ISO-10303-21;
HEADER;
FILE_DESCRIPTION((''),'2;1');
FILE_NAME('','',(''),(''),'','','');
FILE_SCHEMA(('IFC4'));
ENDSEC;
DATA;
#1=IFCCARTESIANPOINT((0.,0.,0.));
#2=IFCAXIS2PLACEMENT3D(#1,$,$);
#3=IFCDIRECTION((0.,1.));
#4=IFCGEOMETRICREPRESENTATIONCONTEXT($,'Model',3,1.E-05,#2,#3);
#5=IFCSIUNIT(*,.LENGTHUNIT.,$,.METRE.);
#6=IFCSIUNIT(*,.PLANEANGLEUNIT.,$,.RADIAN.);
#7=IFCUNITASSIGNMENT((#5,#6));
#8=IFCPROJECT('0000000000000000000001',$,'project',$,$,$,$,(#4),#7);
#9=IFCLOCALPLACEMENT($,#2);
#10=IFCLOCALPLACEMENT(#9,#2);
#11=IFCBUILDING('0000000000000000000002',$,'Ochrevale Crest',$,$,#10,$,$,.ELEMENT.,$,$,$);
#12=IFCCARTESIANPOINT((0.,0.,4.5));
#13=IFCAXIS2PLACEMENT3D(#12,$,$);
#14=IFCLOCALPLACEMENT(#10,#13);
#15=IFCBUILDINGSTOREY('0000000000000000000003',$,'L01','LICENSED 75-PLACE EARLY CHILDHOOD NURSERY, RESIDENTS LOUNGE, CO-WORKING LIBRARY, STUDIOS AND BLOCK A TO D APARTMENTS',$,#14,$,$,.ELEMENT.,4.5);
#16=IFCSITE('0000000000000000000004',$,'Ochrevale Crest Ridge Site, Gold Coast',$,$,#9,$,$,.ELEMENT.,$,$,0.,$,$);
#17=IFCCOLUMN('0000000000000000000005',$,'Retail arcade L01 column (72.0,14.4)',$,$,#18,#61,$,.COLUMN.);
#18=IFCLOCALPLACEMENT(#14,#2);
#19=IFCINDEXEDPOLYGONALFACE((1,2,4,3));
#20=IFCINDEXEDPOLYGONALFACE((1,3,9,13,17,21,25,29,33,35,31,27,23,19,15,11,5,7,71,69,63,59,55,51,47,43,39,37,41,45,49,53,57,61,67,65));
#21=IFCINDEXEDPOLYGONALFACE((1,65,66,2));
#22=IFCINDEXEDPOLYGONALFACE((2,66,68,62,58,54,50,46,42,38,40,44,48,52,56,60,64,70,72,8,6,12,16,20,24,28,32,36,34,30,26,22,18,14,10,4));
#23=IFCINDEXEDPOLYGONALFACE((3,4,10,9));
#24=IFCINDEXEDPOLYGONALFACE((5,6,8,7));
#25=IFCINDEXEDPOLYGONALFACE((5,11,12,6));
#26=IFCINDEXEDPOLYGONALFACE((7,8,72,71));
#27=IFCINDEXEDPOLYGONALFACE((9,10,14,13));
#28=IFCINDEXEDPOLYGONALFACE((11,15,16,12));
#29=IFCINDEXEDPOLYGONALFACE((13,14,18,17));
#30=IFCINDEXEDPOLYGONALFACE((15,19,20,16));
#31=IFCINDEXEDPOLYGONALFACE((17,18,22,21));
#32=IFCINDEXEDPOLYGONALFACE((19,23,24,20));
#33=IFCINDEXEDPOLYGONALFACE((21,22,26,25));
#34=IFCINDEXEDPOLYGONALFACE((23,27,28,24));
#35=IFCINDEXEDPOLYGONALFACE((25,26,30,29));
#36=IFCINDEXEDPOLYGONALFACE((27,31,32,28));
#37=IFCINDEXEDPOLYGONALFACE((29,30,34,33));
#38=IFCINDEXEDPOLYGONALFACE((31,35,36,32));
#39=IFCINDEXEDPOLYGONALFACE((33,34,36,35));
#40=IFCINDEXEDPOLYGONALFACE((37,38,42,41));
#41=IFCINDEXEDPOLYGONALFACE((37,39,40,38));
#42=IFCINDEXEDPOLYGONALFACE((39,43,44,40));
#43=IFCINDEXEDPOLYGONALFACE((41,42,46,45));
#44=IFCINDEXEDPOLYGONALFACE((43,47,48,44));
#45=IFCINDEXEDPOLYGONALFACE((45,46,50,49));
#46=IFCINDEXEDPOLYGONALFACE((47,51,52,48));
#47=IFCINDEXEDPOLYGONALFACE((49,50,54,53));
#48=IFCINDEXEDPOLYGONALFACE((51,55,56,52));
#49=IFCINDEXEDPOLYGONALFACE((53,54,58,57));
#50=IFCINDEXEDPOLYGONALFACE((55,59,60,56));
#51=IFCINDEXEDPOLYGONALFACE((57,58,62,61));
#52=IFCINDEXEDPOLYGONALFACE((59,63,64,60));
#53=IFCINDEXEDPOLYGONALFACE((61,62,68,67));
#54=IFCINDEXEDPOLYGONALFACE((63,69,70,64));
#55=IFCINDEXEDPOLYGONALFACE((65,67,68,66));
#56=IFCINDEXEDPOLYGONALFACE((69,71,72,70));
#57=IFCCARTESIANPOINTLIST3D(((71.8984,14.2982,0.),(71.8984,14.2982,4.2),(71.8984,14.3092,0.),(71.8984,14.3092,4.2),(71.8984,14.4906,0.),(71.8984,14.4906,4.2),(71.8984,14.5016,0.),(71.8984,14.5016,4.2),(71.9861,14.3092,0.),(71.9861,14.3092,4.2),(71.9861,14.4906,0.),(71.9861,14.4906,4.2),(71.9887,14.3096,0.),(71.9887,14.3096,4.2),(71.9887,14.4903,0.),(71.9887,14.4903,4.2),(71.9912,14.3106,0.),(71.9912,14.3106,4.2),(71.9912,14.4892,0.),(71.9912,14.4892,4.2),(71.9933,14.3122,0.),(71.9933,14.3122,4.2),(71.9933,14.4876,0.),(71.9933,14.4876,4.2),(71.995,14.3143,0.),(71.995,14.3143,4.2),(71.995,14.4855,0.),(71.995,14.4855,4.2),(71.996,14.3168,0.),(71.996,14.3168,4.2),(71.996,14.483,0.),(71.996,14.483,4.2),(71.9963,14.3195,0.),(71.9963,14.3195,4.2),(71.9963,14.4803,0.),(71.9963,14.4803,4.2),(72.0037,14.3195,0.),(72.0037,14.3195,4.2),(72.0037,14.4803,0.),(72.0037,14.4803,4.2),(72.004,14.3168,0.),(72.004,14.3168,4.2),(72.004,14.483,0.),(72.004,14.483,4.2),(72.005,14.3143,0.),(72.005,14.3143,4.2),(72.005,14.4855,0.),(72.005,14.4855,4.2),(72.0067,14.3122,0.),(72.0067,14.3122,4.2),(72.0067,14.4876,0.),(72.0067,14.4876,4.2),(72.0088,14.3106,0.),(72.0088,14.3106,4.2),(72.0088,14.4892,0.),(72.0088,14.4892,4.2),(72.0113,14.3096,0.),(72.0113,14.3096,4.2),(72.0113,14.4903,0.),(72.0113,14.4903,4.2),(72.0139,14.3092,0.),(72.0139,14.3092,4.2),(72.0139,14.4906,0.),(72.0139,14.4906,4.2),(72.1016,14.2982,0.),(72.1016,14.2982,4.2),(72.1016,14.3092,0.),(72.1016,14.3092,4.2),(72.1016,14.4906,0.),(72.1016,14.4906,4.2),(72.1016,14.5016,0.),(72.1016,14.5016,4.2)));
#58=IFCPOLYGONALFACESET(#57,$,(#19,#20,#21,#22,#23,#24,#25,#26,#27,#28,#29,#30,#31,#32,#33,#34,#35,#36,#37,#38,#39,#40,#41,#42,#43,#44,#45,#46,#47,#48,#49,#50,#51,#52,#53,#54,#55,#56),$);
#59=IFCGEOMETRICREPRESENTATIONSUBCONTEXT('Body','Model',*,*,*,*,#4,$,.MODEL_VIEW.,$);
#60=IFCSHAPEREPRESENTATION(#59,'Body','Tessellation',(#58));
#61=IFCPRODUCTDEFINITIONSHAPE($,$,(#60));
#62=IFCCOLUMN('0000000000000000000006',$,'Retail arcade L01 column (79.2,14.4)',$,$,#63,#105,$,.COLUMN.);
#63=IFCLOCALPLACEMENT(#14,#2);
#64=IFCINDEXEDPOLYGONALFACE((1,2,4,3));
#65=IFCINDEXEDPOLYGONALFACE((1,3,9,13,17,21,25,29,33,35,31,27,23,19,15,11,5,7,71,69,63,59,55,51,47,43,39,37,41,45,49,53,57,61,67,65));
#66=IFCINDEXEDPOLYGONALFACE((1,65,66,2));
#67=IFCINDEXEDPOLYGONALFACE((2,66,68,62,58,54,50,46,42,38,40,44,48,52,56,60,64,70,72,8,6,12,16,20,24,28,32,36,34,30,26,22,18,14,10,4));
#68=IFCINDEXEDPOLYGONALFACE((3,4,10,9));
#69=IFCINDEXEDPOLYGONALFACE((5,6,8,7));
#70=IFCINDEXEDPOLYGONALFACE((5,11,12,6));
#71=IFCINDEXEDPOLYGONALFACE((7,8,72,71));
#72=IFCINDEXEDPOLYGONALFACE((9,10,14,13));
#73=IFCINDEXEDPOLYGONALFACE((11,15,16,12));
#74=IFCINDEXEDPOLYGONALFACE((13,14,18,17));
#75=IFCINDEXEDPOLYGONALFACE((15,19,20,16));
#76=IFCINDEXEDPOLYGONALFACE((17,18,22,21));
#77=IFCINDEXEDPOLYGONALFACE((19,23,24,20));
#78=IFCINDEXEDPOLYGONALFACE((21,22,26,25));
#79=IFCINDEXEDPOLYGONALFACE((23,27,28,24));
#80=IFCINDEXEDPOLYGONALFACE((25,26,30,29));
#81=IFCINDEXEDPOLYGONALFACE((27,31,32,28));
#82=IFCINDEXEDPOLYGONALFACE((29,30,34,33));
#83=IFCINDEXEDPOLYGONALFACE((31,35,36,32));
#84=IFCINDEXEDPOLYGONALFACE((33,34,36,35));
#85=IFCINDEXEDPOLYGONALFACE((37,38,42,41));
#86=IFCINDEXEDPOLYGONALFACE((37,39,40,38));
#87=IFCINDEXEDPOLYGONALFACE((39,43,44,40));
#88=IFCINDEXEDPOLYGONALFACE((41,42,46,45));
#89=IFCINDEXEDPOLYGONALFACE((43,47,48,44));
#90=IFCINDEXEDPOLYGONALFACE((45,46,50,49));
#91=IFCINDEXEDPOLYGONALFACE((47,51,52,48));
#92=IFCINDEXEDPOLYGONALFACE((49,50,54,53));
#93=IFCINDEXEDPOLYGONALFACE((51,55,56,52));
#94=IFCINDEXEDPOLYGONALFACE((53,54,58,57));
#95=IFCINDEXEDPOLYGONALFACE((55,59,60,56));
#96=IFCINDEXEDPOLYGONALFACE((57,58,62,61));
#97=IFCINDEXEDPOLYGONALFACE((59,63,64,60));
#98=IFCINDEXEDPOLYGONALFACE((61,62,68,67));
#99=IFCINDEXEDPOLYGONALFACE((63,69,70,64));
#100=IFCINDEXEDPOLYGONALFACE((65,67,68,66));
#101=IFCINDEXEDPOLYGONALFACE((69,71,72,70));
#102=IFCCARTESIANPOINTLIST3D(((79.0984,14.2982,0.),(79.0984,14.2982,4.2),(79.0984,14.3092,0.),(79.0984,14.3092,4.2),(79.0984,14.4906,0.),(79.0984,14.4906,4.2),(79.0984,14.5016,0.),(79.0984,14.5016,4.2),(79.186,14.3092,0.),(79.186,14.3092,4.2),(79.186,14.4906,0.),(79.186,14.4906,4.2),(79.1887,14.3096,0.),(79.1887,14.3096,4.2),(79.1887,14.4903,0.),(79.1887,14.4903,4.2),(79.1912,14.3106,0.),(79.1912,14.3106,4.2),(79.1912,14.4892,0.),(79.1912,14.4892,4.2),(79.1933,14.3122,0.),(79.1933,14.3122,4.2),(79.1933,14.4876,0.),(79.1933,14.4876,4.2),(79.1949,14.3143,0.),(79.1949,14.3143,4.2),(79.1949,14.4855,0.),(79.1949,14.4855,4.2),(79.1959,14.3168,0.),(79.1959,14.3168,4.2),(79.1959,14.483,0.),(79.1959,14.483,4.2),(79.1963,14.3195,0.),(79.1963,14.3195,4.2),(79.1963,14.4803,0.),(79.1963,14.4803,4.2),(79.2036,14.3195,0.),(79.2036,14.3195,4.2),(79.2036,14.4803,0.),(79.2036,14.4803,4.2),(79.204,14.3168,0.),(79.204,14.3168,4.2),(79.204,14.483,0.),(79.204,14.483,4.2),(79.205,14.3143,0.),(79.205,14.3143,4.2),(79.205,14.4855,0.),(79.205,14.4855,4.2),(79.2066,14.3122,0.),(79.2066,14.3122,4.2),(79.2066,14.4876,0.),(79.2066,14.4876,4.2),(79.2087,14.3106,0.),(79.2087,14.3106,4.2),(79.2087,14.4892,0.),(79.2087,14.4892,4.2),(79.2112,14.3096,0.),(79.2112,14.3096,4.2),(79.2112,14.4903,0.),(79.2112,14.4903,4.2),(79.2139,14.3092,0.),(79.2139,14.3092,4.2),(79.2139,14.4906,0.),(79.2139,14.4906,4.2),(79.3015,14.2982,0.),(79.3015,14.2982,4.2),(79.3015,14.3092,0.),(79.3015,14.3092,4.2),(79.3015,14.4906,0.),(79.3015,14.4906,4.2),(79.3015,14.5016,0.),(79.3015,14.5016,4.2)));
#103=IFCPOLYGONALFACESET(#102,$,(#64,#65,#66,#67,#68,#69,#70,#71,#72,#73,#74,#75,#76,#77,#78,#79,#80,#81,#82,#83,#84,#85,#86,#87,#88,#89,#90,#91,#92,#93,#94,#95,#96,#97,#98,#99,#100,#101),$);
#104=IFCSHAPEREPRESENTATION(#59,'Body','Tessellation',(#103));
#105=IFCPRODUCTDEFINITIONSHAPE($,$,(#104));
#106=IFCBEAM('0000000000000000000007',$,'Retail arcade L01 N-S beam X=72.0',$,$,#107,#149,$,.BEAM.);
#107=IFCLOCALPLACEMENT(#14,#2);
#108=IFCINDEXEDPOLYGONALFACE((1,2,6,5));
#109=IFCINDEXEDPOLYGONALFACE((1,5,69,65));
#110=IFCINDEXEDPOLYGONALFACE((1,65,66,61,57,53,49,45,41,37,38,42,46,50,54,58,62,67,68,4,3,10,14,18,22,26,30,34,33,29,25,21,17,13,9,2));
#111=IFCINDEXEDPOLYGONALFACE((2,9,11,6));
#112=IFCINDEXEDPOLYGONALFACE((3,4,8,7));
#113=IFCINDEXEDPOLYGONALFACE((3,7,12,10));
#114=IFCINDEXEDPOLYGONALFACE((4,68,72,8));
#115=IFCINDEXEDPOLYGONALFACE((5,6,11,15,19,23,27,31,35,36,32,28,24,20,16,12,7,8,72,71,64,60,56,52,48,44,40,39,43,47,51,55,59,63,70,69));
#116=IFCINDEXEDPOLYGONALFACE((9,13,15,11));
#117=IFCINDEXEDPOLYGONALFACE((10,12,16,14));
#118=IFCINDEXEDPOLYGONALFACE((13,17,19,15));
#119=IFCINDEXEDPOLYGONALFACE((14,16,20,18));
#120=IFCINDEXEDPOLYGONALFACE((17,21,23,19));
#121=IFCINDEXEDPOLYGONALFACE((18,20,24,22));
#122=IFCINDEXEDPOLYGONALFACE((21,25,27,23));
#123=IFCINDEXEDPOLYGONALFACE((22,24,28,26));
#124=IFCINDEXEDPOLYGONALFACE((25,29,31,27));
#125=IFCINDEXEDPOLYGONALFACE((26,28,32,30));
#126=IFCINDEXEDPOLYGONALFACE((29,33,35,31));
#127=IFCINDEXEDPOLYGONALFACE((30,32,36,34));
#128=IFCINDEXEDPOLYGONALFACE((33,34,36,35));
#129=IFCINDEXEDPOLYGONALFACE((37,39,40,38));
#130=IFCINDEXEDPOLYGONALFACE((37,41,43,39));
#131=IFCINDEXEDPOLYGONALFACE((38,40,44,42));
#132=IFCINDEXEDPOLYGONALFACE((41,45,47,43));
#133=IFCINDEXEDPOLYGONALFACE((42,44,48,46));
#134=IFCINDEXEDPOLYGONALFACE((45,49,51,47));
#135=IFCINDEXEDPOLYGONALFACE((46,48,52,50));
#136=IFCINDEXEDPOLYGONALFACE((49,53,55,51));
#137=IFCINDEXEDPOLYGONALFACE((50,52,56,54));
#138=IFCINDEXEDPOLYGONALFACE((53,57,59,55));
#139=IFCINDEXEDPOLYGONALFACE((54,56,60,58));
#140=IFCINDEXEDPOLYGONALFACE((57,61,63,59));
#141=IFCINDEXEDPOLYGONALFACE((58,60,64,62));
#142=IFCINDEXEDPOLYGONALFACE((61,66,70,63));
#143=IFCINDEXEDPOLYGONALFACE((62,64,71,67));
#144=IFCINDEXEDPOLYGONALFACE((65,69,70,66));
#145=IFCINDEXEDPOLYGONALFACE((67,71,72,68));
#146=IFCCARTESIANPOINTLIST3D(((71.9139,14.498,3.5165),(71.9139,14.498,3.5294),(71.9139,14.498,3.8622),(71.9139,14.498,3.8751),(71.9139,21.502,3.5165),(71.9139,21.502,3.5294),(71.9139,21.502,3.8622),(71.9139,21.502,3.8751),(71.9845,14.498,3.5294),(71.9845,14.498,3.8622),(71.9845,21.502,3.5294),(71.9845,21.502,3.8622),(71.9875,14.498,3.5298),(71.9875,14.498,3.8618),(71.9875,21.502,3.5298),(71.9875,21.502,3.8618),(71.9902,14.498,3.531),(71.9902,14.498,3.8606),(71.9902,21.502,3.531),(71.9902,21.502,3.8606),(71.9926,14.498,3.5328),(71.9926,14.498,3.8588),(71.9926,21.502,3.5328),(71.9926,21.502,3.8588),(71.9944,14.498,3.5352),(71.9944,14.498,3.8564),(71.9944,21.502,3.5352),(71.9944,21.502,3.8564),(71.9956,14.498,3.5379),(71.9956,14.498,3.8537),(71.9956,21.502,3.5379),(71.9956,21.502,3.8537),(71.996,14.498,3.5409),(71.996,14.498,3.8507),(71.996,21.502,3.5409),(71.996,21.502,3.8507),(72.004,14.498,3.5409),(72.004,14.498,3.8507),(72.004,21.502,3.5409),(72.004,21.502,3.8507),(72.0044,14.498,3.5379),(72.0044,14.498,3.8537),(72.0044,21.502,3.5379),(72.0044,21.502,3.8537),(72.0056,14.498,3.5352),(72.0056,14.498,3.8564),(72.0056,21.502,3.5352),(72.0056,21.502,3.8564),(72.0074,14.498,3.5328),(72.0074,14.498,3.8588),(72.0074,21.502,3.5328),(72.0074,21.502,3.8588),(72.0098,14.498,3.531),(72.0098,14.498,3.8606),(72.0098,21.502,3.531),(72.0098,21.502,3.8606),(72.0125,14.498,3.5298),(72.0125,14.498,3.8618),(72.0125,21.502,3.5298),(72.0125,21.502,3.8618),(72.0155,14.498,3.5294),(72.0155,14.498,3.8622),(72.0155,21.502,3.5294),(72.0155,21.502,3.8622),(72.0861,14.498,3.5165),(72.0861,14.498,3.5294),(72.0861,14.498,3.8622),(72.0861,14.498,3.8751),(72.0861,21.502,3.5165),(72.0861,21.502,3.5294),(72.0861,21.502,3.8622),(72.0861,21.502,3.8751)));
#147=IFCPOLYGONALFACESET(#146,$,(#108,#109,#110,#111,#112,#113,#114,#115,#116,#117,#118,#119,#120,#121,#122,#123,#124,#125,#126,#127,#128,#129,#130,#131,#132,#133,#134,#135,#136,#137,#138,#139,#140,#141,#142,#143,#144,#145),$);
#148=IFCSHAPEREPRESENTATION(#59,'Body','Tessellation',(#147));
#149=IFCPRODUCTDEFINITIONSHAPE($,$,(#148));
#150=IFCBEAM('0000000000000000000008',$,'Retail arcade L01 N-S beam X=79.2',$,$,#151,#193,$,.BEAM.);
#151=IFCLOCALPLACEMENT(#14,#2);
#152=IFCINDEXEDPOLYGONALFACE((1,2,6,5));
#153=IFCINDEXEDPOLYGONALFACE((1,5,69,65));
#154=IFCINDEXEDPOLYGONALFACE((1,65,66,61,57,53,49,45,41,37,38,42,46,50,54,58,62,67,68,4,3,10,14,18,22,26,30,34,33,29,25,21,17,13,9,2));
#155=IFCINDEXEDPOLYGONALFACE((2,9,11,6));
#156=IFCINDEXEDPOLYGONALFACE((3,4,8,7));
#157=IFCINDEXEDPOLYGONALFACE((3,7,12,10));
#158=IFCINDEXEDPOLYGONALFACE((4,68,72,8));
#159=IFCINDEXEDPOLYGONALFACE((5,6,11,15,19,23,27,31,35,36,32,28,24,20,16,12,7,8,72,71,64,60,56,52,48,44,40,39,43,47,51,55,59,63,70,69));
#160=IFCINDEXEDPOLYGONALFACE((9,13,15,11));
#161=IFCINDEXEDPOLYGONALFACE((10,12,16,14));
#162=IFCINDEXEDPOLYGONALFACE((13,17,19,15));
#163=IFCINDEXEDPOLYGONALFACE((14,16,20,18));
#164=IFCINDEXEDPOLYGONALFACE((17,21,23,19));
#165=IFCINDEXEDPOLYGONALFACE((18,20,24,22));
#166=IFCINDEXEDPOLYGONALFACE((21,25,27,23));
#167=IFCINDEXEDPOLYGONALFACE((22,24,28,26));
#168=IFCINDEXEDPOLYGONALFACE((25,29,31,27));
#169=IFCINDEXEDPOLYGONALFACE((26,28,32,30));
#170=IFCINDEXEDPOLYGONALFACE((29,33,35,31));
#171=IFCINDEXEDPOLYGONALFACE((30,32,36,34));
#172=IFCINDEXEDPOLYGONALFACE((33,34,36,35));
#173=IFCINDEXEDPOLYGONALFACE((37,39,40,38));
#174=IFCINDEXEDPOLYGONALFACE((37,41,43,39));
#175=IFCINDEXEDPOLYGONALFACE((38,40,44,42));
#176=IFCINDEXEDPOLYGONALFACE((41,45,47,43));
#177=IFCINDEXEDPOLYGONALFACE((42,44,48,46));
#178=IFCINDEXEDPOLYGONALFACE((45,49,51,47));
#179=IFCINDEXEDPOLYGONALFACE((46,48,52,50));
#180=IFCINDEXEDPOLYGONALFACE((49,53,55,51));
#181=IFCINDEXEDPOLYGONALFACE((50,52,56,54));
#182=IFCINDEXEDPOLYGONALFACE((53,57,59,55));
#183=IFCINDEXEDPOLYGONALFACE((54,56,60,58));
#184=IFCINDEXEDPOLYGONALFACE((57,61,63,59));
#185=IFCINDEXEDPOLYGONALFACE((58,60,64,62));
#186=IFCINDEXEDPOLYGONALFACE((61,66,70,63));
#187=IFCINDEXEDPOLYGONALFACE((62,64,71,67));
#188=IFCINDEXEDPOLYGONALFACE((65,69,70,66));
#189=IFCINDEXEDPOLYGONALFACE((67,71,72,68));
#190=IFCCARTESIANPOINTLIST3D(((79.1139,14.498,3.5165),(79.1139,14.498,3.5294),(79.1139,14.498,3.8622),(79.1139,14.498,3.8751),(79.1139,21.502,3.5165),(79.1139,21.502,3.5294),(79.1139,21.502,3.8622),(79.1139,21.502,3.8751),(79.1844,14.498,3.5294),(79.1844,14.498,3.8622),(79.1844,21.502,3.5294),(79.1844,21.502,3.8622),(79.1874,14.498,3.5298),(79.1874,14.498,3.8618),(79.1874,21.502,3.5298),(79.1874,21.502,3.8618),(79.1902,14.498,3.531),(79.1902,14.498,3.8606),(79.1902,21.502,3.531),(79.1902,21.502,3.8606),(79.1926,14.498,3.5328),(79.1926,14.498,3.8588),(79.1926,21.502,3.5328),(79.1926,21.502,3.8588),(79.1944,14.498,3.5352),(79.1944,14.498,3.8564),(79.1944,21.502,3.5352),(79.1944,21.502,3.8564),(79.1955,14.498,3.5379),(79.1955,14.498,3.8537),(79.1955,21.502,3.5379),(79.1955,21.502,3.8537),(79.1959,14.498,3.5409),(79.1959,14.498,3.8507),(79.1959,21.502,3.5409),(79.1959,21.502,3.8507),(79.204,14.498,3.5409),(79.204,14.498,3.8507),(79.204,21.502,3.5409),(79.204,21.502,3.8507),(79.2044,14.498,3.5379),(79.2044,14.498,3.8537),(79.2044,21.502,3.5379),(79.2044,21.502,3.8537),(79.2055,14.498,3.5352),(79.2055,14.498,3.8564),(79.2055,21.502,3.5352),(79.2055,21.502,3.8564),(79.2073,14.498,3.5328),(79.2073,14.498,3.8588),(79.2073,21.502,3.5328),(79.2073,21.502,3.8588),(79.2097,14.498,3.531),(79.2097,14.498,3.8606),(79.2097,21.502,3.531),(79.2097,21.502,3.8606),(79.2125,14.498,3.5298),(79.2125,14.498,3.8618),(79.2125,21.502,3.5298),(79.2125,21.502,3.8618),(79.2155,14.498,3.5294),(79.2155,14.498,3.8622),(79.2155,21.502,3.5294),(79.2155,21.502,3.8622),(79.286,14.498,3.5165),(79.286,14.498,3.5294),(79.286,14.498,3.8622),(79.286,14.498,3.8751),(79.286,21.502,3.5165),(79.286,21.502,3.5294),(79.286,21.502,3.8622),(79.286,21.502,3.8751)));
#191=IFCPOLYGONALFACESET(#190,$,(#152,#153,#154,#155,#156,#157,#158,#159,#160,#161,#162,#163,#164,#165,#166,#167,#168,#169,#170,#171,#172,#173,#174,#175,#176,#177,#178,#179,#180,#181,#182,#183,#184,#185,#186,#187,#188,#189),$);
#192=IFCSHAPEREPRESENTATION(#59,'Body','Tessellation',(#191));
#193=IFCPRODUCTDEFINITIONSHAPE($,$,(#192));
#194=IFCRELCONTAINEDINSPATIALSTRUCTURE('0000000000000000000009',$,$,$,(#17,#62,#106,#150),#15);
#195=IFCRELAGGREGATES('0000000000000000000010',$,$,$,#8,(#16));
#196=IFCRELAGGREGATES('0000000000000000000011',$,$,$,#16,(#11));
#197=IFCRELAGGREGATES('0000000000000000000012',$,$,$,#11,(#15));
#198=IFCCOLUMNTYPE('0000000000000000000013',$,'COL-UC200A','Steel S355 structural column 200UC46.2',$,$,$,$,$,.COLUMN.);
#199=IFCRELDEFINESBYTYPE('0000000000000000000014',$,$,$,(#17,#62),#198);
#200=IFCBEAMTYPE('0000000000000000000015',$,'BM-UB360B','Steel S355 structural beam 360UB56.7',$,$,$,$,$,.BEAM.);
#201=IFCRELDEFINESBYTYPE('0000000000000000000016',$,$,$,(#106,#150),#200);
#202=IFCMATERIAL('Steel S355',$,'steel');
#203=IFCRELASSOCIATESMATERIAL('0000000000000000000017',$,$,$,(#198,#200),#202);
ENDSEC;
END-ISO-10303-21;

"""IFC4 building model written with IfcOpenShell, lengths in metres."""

from ifc_helpers import new_model, si_unit, direction, frame, origin, origin_2d, place, context, subcontext, project, spatial, i_section, extrude, material, material_profile, profile_set, type_object, element, save


model = new_model("IFC4")

# Units and contexts
model_context = context("Model", 3, precision=1e-05, world=origin(), true_north=direction((0.0, 1.0)))
body_context = subcontext(model_context, "Body", "Model", "MODEL_VIEW")
ifc_project = project(units=[si_unit("LENGTHUNIT", "METRE"), si_unit("PLANEANGLEUNIT", "RADIAN")], contexts=[model_context])

# Site, building, storey
site_placement = place(None, origin())
site = spatial("IfcSite", under=ifc_project, at=site_placement, Name="Ochrevale Crest Ridge Site, Gold Coast", CompositionType="ELEMENT", RefElevation=0.0)
building_placement = place(site_placement, origin())
building = spatial("IfcBuilding", under=site, at=building_placement, Name="Ochrevale Crest", CompositionType="ELEMENT")
storey_placement = place(building_placement, frame((0.0, 0.0, 4.5)))
storey = spatial("IfcBuildingStorey", under=building, at=storey_placement, Name="L01", Description="LICENSED 75-PLACE EARLY CHILDHOOD NURSERY, RESIDENTS LOUNGE, CO-WORKING LIBRARY, STUDIOS AND BLOCK A TO D APARTMENTS", CompositionType="ELEMENT", Elevation=4.5)

# Columns
ifc_material_1 = material(Name="Steel S355", Category="steel")
ifc_material_profile_1 = material_profile(ifc_material_1, i_section(OverallWidth=0.2031, OverallDepth=0.2034, WebThickness=0.0073, FlangeThickness=0.011, FilletRadius=0.0103, at=origin_2d()), Name="200UC46.2")
ifc_profile_set_1 = profile_set([ifc_material_profile_1], Name="Steel S355")
column_type = type_object("IfcColumnType", Name="COL-UC200A", Description="Steel S355 structural column 200UC46.2", PredefinedType="COLUMN", material=ifc_profile_set_1)
for number, where, z_axis, x_axis, name in (
    (1, (72.0, 14.3999, 0.0), (0.0, 0.0, 1.0), (1.0, 0.0, 0.0), "Retail arcade L01 column (72.0,14.4)"),
    (2, (79.2, 14.3999, 0.0), (0.0, 0.0, 1.0), (1.0, 0.0, 0.0), "Retail arcade L01 column (79.2,14.4)"),
):
    element("IfcColumn", number, at=place(storey_placement, frame(where, z_axis=z_axis, x_axis=x_axis)), inside=storey, type_object=column_type, Name=name, PredefinedType="COLUMN", context=body_context, shape_type="SweptSolid", body=[
        extrude(i_section(OverallWidth=0.2031, OverallDepth=0.2034, WebThickness=0.0073, FlangeThickness=0.011, FilletRadius=0.0103, at=origin_2d()), origin(), (0.0, 0.0, 1.0), 4.2),
    ])

# Beams
ifc_material_profile_2 = material_profile(ifc_material_1, i_section(OverallWidth=0.1721, OverallDepth=0.3586, WebThickness=0.0081, FlangeThickness=0.0129, FilletRadius=0.0115, at=origin_2d()), Name="360UB56.7")
ifc_profile_set_2 = profile_set([ifc_material_profile_2], Name="Steel S355")
beam_type_1 = type_object("IfcBeamType", Name="BM-UB360B", Description="Steel S355 structural beam 360UB56.7", PredefinedType="BEAM", material=ifc_profile_set_2)
for number, where, z_axis, x_axis, name in (
    (3, (72.0, 14.498, 3.6958), (0.0, 1.0, 0.0), (-1.0, 0.0, 0.0), "Retail arcade L01 N-S beam X=72.0"),
    (4, (79.2, 14.498, 3.6958), (0.0, 1.0, 0.0), (-1.0, 0.0, 0.0), "Retail arcade L01 N-S beam X=79.2"),
):
    element("IfcBeam", number, at=place(storey_placement, frame(where, z_axis=z_axis, x_axis=x_axis)), inside=storey, type_object=beam_type_1, Name=name, PredefinedType="BEAM", context=body_context, shape_type="SweptSolid", body=[
        extrude(i_section(OverallWidth=0.1721, OverallDepth=0.3586, WebThickness=0.0081, FlangeThickness=0.0129, FilletRadius=0.0115, at=origin_2d()), origin(), (0.0, 0.0, 1.0), 7.0039),
    ])

save(model, "model.ifc")
